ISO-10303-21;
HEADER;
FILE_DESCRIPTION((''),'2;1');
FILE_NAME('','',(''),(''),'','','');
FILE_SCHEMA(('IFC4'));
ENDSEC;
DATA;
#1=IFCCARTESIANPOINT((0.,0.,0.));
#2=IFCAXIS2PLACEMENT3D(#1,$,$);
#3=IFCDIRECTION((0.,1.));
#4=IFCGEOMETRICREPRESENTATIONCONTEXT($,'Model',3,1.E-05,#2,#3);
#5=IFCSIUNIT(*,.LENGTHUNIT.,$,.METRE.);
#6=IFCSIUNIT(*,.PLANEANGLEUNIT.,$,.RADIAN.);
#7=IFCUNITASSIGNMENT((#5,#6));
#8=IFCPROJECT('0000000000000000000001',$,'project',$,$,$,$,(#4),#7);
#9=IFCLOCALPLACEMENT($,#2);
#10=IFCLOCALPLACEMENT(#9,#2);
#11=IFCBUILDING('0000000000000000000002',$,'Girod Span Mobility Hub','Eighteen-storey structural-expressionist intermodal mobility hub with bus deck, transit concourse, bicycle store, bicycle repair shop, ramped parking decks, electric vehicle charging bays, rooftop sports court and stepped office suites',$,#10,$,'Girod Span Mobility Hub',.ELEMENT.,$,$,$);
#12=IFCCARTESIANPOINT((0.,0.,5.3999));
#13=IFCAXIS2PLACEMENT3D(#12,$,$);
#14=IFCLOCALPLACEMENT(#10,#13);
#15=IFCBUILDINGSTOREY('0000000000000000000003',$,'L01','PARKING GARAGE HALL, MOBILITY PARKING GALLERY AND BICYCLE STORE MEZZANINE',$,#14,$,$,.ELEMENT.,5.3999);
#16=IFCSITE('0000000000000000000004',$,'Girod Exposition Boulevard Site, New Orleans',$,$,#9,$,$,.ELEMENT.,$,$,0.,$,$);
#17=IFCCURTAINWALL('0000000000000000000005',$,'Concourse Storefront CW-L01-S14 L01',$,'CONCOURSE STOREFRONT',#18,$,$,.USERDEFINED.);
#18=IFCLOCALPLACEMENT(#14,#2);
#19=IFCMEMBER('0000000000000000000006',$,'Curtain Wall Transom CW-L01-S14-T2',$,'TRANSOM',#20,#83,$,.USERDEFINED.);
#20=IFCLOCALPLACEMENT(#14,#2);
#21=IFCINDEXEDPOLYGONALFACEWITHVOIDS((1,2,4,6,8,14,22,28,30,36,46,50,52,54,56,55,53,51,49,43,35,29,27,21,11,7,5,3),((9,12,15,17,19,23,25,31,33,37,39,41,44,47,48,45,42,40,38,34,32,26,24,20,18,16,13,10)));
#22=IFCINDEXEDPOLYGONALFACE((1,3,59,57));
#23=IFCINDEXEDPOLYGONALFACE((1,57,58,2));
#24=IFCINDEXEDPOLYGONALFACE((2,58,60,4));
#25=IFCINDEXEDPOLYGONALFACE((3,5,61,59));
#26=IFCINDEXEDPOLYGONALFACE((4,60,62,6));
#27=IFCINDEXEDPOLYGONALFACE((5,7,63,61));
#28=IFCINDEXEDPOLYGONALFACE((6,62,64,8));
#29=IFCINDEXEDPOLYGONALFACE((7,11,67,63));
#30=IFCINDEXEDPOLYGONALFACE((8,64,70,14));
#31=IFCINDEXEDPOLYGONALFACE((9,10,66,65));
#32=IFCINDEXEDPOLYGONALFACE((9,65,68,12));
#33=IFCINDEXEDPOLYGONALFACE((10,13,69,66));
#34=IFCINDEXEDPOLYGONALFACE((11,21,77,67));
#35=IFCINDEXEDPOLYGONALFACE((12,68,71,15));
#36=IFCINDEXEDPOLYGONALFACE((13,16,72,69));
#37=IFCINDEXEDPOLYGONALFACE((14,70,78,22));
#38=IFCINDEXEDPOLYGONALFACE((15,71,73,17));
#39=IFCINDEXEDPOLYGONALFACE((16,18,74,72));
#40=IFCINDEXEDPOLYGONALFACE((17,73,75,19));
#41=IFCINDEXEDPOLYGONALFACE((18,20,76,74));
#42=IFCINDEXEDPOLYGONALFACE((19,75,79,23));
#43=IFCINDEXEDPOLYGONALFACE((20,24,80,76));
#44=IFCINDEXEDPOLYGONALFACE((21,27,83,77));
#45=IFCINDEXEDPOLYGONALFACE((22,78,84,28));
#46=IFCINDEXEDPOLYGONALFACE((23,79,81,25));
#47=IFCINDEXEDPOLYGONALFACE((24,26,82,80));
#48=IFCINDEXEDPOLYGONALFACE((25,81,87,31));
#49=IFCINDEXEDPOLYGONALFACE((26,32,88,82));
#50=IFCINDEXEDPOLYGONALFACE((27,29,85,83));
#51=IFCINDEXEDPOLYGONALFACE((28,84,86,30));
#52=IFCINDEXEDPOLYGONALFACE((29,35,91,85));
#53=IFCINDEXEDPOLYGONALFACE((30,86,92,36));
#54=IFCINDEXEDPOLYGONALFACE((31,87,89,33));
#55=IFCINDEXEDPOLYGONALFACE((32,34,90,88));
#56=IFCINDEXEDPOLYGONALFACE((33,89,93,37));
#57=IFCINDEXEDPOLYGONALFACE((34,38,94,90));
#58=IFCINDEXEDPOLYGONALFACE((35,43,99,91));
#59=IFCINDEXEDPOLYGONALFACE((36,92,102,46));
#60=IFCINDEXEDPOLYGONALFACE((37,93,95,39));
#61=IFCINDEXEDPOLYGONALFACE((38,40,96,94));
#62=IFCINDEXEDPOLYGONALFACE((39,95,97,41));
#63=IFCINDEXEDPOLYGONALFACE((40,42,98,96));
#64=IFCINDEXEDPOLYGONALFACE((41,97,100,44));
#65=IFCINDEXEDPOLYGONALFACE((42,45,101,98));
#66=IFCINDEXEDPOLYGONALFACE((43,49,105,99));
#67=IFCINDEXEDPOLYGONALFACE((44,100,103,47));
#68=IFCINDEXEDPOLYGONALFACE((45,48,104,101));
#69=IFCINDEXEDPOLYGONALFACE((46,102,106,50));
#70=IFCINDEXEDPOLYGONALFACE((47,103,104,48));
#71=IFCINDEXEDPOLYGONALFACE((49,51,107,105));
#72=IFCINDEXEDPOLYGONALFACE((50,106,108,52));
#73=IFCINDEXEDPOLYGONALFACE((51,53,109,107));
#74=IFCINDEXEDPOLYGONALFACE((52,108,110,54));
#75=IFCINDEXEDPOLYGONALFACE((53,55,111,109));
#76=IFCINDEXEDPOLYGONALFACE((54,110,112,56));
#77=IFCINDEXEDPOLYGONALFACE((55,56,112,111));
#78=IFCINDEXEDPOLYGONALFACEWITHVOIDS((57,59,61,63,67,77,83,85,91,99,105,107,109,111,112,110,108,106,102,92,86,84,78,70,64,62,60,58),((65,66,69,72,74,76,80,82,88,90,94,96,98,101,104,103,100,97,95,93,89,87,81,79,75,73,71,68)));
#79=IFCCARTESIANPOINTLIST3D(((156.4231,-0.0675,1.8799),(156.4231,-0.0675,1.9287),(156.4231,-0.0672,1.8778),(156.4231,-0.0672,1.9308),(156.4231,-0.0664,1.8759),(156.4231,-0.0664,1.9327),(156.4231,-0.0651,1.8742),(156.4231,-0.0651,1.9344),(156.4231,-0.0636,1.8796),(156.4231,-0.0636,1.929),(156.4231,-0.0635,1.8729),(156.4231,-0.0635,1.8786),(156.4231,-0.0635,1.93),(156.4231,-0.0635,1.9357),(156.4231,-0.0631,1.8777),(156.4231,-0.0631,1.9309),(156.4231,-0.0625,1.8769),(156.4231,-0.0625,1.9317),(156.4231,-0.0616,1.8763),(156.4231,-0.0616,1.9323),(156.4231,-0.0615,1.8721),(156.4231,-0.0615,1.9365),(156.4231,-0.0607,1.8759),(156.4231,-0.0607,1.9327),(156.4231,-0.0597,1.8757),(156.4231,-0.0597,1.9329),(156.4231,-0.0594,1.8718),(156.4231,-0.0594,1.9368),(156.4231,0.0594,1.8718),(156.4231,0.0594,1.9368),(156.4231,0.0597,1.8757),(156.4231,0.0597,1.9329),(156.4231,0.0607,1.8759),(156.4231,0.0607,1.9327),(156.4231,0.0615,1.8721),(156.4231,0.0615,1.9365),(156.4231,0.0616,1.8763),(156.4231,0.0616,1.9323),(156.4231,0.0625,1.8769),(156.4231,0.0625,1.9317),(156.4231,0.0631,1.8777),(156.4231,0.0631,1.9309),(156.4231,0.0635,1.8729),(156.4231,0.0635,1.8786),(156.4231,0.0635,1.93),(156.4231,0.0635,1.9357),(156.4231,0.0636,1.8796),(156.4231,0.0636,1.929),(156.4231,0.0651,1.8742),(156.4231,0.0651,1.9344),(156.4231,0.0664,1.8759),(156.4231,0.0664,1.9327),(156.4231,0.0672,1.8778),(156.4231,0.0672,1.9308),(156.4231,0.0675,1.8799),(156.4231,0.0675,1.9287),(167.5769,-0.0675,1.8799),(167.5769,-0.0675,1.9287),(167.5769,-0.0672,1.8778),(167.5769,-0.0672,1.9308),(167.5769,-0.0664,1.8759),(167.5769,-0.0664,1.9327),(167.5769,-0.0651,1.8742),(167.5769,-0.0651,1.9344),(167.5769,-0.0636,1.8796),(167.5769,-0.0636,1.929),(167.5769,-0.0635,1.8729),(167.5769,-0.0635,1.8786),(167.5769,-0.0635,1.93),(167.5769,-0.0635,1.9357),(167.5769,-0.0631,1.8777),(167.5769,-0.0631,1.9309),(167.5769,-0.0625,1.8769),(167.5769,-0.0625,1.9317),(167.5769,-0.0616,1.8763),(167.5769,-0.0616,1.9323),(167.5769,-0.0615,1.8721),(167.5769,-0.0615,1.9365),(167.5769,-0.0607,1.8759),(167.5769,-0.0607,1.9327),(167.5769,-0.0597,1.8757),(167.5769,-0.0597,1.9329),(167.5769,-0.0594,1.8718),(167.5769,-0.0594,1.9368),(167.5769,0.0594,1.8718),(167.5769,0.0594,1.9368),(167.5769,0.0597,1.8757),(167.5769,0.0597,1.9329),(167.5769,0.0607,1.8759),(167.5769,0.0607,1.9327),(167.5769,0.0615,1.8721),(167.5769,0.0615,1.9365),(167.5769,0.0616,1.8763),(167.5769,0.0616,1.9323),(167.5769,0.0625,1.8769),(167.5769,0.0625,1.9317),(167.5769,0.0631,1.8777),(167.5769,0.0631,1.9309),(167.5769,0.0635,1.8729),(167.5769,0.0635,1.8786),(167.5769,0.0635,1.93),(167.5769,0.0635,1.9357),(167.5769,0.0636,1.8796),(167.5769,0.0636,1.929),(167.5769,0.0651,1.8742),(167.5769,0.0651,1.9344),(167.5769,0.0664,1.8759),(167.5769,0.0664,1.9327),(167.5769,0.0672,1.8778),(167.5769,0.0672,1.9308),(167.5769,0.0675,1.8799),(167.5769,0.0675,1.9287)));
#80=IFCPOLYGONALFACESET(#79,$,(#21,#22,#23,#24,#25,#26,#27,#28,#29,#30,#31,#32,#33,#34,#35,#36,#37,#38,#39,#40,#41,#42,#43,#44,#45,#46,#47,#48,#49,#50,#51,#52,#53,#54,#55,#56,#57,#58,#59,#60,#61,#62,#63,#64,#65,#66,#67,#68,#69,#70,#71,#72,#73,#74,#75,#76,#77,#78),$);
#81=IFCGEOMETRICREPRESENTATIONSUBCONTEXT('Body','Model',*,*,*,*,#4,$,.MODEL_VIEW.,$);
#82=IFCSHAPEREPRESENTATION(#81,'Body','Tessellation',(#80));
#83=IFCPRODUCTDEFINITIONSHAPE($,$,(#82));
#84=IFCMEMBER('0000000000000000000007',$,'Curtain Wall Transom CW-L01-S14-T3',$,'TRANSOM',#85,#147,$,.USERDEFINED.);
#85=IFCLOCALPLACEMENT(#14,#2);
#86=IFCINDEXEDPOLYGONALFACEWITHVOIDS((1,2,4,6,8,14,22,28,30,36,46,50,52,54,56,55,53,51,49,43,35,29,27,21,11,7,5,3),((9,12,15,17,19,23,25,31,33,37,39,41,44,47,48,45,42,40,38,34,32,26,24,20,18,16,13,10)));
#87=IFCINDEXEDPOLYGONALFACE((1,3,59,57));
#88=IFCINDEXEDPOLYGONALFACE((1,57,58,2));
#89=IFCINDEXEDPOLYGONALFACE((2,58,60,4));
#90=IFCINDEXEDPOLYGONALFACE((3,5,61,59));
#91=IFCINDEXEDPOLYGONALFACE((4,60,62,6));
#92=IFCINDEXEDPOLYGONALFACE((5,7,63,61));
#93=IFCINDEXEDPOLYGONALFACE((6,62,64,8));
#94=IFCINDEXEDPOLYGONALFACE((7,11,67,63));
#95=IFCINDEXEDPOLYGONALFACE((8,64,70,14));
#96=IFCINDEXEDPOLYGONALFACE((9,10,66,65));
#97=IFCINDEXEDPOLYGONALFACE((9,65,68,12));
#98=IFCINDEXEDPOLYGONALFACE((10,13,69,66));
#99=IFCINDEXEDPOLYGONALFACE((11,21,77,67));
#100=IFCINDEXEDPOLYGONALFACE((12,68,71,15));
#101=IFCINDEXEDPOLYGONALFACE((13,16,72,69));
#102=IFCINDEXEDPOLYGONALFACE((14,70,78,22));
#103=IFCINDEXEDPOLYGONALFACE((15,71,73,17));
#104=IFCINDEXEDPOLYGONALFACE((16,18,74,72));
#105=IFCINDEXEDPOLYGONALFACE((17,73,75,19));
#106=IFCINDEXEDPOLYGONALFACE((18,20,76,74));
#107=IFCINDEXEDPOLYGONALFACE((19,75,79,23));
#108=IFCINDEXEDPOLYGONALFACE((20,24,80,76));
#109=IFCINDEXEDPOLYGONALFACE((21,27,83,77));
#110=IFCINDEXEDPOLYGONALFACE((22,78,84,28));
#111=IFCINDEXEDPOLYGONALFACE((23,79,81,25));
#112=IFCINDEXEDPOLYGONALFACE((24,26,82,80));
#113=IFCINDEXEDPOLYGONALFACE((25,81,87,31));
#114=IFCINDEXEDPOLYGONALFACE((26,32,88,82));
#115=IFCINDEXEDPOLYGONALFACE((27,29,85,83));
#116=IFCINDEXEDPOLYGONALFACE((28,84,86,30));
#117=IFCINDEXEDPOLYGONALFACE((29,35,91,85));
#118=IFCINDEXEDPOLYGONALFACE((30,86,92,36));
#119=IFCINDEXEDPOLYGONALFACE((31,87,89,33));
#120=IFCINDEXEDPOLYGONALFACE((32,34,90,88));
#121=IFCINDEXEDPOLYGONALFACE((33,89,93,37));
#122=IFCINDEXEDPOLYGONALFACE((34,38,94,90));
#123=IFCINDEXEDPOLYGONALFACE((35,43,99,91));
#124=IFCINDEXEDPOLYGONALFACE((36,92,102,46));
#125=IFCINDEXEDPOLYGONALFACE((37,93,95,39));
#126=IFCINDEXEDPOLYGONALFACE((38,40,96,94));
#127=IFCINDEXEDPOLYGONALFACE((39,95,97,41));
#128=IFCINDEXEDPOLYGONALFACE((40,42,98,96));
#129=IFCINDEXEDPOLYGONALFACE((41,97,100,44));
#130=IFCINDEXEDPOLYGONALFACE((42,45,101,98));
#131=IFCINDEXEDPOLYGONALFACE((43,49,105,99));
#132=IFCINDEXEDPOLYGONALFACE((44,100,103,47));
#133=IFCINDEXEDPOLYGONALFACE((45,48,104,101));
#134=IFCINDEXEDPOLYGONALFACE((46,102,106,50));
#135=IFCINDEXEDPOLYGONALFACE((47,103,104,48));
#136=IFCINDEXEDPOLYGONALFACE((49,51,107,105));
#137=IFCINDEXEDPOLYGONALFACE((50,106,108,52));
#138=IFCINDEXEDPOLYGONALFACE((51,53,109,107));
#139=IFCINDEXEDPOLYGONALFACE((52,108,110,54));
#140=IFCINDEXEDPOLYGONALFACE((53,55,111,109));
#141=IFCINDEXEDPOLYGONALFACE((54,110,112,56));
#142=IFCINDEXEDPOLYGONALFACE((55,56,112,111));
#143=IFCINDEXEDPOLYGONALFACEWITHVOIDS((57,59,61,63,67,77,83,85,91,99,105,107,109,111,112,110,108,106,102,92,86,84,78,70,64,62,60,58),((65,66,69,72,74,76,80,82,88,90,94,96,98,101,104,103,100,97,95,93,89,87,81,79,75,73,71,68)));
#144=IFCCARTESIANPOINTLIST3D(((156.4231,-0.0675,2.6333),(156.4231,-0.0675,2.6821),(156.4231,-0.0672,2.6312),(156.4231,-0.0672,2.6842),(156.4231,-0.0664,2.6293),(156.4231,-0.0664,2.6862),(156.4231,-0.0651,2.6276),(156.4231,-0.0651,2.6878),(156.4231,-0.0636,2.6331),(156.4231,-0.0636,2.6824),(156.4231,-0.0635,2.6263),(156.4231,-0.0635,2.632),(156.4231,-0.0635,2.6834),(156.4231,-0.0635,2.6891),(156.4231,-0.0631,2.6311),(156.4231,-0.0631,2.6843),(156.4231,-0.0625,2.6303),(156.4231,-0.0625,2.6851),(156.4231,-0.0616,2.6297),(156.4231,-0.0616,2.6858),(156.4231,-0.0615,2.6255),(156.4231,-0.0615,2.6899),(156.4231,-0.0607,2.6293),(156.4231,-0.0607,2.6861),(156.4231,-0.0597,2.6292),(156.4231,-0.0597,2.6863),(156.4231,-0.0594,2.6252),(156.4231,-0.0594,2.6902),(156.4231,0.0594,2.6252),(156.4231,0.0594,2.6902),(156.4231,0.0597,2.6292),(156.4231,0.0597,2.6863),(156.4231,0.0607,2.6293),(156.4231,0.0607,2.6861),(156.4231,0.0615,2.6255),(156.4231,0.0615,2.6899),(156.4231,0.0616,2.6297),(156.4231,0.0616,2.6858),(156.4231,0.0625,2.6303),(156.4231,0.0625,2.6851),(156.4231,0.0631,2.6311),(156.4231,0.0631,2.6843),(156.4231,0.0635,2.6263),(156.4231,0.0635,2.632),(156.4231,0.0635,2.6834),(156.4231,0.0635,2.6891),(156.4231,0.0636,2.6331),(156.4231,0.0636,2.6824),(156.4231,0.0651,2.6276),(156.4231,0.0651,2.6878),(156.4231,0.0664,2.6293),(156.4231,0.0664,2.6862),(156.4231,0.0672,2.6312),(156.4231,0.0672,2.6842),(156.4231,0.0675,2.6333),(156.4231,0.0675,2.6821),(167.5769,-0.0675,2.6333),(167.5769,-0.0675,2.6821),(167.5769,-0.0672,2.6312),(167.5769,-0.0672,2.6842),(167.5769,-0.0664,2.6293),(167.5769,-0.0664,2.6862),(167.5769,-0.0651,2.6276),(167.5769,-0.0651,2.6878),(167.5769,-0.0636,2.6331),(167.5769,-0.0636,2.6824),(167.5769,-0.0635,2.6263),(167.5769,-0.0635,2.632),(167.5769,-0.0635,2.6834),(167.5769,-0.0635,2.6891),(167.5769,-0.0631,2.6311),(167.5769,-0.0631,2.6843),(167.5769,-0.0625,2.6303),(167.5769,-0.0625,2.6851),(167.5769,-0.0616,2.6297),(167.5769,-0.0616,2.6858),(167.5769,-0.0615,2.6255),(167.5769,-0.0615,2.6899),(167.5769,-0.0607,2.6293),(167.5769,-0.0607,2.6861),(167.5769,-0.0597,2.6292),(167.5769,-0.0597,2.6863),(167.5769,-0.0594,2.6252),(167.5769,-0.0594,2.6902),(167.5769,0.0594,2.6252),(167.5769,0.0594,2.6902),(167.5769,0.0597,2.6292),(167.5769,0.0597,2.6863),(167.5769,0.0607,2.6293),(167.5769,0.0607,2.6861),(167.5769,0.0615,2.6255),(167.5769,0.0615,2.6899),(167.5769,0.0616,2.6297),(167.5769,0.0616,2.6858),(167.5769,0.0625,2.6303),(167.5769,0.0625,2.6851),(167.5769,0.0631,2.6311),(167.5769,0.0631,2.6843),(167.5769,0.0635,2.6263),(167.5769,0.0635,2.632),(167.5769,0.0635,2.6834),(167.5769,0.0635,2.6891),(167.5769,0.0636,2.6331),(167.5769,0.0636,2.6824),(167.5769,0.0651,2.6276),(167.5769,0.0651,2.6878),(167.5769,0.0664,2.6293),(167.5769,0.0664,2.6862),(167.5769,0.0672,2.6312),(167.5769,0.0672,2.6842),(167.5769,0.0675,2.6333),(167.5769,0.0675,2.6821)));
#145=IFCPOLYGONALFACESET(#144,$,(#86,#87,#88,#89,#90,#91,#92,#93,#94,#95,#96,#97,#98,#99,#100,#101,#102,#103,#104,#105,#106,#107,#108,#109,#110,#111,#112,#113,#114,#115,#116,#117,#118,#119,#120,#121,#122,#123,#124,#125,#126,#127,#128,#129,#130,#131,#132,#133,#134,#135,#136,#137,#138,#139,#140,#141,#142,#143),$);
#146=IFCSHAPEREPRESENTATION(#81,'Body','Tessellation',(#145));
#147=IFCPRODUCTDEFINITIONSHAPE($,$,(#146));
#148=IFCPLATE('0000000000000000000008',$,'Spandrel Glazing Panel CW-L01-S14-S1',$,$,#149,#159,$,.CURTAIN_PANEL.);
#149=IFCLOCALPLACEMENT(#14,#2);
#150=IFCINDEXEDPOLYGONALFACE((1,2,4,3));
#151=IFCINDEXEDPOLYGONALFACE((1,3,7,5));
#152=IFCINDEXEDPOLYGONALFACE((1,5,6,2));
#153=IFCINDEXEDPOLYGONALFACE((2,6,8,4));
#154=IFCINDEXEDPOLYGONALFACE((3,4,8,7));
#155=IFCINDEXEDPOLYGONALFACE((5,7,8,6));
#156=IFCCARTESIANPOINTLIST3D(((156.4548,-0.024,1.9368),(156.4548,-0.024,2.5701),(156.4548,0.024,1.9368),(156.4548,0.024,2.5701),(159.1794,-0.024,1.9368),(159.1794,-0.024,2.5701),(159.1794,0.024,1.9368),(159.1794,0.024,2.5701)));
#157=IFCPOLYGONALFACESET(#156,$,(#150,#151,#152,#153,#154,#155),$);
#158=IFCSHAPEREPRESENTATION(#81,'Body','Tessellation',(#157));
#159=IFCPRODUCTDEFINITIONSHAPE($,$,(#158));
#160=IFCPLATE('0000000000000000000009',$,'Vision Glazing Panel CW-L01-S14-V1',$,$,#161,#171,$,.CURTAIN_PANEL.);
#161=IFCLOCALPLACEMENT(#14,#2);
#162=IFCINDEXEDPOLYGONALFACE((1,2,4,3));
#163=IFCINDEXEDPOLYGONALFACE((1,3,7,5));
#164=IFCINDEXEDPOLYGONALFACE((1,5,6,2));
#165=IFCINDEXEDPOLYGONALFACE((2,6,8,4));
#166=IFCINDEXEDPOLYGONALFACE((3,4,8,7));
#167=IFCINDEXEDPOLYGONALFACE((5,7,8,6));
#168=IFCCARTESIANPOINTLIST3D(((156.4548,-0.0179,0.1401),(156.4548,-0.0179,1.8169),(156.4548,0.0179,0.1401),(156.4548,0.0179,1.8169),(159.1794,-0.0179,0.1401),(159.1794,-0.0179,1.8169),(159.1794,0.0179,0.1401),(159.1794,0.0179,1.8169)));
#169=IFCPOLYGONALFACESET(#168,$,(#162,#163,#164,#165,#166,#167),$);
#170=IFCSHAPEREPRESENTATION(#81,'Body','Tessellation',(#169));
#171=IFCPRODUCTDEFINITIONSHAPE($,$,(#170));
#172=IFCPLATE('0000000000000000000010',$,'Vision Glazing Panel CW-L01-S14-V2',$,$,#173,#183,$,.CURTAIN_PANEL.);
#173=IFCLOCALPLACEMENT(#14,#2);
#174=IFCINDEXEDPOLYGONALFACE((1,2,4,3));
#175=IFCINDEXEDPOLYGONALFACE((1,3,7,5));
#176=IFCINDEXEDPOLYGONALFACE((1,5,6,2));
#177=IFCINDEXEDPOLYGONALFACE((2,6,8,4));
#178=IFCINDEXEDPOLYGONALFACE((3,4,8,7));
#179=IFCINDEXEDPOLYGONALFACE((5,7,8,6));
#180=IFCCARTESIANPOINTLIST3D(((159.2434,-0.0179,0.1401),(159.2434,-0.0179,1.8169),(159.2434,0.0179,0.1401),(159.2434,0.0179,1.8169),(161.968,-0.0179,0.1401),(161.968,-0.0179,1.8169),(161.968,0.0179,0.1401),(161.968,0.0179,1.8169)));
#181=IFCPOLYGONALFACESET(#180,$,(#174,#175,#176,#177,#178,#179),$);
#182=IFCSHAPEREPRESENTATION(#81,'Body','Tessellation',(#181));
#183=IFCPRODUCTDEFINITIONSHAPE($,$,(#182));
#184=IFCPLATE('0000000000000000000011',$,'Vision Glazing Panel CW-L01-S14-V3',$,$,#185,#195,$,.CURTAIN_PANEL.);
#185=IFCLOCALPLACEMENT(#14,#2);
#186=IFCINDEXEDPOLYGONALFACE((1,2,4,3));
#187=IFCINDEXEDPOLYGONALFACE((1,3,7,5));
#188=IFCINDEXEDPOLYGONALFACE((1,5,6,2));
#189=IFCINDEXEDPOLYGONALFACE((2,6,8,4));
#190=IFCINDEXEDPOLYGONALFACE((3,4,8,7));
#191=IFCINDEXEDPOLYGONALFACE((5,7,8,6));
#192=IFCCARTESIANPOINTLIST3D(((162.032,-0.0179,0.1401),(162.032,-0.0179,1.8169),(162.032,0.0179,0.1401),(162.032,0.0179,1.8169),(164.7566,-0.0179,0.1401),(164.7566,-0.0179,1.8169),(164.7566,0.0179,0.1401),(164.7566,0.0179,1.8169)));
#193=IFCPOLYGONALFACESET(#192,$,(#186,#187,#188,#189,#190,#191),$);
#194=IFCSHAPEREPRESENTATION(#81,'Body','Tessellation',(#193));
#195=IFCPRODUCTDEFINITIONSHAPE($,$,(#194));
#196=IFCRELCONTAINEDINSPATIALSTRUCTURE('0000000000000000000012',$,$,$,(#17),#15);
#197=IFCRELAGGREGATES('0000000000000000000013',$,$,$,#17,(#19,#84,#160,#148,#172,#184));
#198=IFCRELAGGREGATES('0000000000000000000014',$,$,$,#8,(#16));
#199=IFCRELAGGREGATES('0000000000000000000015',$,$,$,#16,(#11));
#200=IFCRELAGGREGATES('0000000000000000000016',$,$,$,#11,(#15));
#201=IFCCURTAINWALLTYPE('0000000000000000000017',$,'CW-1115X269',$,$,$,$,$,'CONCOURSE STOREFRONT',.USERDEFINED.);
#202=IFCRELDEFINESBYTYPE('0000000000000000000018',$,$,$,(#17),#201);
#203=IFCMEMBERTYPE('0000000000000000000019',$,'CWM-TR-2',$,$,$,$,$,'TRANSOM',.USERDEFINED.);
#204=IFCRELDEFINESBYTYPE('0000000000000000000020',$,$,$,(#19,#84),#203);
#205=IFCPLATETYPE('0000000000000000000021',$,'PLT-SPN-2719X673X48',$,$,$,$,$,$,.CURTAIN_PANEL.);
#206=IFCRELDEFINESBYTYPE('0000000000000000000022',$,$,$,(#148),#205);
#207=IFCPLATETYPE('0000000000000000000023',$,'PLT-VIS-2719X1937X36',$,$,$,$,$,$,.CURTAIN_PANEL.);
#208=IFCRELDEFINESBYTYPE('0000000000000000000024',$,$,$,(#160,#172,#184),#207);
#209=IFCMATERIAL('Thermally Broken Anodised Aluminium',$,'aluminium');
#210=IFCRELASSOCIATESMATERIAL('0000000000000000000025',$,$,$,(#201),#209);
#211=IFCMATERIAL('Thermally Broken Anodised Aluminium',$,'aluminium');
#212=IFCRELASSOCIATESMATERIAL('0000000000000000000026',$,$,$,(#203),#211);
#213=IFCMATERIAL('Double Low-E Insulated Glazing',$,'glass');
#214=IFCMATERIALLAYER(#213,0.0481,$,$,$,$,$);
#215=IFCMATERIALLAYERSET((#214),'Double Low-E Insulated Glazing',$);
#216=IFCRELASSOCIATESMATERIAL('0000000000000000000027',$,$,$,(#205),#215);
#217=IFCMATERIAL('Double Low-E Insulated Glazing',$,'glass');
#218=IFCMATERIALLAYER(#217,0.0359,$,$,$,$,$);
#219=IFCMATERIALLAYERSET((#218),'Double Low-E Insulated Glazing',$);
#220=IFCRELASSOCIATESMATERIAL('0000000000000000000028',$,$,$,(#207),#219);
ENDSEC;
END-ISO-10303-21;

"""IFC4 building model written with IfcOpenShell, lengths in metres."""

from ifc_helpers import new_model, si_unit, direction, frame, origin, origin_2d, place, context, subcontext, project, spatial, rectangle, hollow_rectangle, extrude, material, layer, layer_set, material_profile, profile_set, type_object, element, aggregate, save


model = new_model("IFC4")

# Units and contexts
model_context = context("Model", 3, precision=1e-05, world=origin(), true_north=direction((0.0, 1.0)))
body_context = subcontext(model_context, "Body", "Model", "MODEL_VIEW")
ifc_project = project(units=[si_unit("LENGTHUNIT", "METRE"), si_unit("PLANEANGLEUNIT", "RADIAN")], contexts=[model_context])

# Site, building, storey
site_placement = place(None, origin())
site = spatial("IfcSite", under=ifc_project, at=site_placement, Name="Girod Exposition Boulevard Site, New Orleans", CompositionType="ELEMENT", RefElevation=0.0)
building_placement = place(site_placement, origin())
building = spatial("IfcBuilding", under=site, at=building_placement, Name="Girod Span Mobility Hub", Description="Eighteen-storey structural-expressionist intermodal mobility hub with bus deck, transit concourse, bicycle store, bicycle repair shop, ramped parking decks, electric vehicle charging bays, rooftop sports court and stepped office suites", LongName="Girod Span Mobility Hub", CompositionType="ELEMENT")
storey_placement = place(building_placement, frame((0.0, 0.0, 5.3999)))
storey = spatial("IfcBuildingStorey", under=building, at=storey_placement, Name="L01", Description="PARKING GARAGE HALL, MOBILITY PARKING GALLERY AND BICYCLE STORE MEZZANINE", CompositionType="ELEMENT", Elevation=5.3999)

# Curtain wall, members, plates
ifc_material_1 = material(Name="Thermally Broken Anodised Aluminium", Category="aluminium")
curtain_wall_type = type_object("IfcCurtainWallType", Name="CW-1115X269", ElementType="CONCOURSE STOREFRONT", PredefinedType="USERDEFINED", material=ifc_material_1)
curtain_wall_placement = place(storey_placement, origin())
curtain_wall = element("IfcCurtainWall", 1, at=curtain_wall_placement, inside=storey, type_object=curtain_wall_type, Name="Concourse Storefront CW-L01-S14 L01", ObjectType="CONCOURSE STOREFRONT", PredefinedType="USERDEFINED")
ifc_material_2 = material(Name="Thermally Broken Anodised Aluminium", Category="aluminium")
ifc_material_profile_1 = material_profile(ifc_material_2, hollow_rectangle(XDim=0.135, YDim=0.0649, WallThickness=0.0039, InnerFilletRadius=0.0039, OuterFilletRadius=0.0081, at=origin_2d()), Name="CW-TR-65X135")
ifc_profile_set_1 = profile_set([ifc_material_profile_1], Name="Thermally Broken Anodised Aluminium")
member_type_1 = type_object("IfcMemberType", Name="CWM-TR-2", ElementType="TRANSOM", PredefinedType="USERDEFINED", material=ifc_profile_set_1)
member_1_placement = place(storey_placement, frame((156.4231, 0.0, 1.9043), z_axis=(1.0, 0.0, 0.0), x_axis=(0.0, 1.0, 0.0)))
member_1 = element("IfcMember", 2, at=member_1_placement, type_object=member_type_1, Name="Curtain Wall Transom CW-L01-S14-T2", ObjectType="TRANSOM", PredefinedType="USERDEFINED", context=body_context, shape_type="SweptSolid", body=[
    extrude(hollow_rectangle(XDim=0.135, YDim=0.0649, WallThickness=0.0039, InnerFilletRadius=0.0039, OuterFilletRadius=0.0081, at=origin_2d()), origin(), (0.0, 0.0, 1.0), 11.1538),
])
member_2_placement = place(storey_placement, frame((156.4231, 0.0, 2.6577), z_axis=(1.0, 0.0, 0.0), x_axis=(0.0, 1.0, 0.0)))
member_2 = element("IfcMember", 3, at=member_2_placement, type_object=member_type_1, Name="Curtain Wall Transom CW-L01-S14-T3", ObjectType="TRANSOM", PredefinedType="USERDEFINED", context=body_context, shape_type="SweptSolid", body=[
    extrude(hollow_rectangle(XDim=0.135, YDim=0.0649, WallThickness=0.0039, InnerFilletRadius=0.0039, OuterFilletRadius=0.0081, at=origin_2d()), origin(), (0.0, 0.0, 1.0), 11.1538),
])
ifc_material_3 = material(Name="Double Low-E Insulated Glazing", Category="glass")
ifc_layer_1 = layer(ifc_material_3, 0.0481)
ifc_layer_set_1 = layer_set([ifc_layer_1], Name="Double Low-E Insulated Glazing")
plate_type_1 = type_object("IfcPlateType", Name="PLT-SPN-2719X673X48", PredefinedType="CURTAIN_PANEL", material=ifc_layer_set_1)
plate_1_placement = place(storey_placement, frame((157.8171, 0.0, 1.9368), z_axis=(0.0, 0.0, 1.0), x_axis=(1.0, 0.0, 0.0)))
plate_1 = element("IfcPlate", 4, at=plate_1_placement, type_object=plate_type_1, Name="Spandrel Glazing Panel CW-L01-S14-S1", PredefinedType="CURTAIN_PANEL", context=body_context, shape_type="SweptSolid", body=[
    extrude(rectangle(XDim=2.7246, YDim=0.0481, at=origin_2d()), origin(), (0.0, 0.0, 1.0), 0.6333),
])
ifc_material_4 = material(Name="Double Low-E Insulated Glazing", Category="glass")
ifc_layer_2 = layer(ifc_material_4, 0.0359)
ifc_layer_set_2 = layer_set([ifc_layer_2], Name="Double Low-E Insulated Glazing")
plate_type_2 = type_object("IfcPlateType", Name="PLT-VIS-2719X1937X36", PredefinedType="CURTAIN_PANEL", material=ifc_layer_set_2)
plate_2_placement = place(storey_placement, frame((157.8171, 0.0, 0.1401), z_axis=(0.0, 0.0, 1.0), x_axis=(1.0, 0.0, 0.0)))
plate_2 = element("IfcPlate", 5, at=plate_2_placement, type_object=plate_type_2, Name="Vision Glazing Panel CW-L01-S14-V1", PredefinedType="CURTAIN_PANEL", context=body_context, shape_type="SweptSolid", body=[
    extrude(rectangle(XDim=2.7246, YDim=0.0359, at=origin_2d()), origin(), (0.0, 0.0, 1.0), 1.6768),
])
plate_3_placement = place(storey_placement, frame((160.6057, 0.0, 0.1401), z_axis=(0.0, 0.0, 1.0), x_axis=(1.0, 0.0, 0.0)))
plate_3 = element("IfcPlate", 6, at=plate_3_placement, type_object=plate_type_2, Name="Vision Glazing Panel CW-L01-S14-V2", PredefinedType="CURTAIN_PANEL", context=body_context, shape_type="SweptSolid", body=[
    extrude(rectangle(XDim=2.7246, YDim=0.0359, at=origin_2d()), origin(), (0.0, 0.0, 1.0), 1.6768),
])
plate_4_placement = place(storey_placement, frame((163.3943, 0.0, 0.1401), z_axis=(0.0, 0.0, 1.0), x_axis=(1.0, 0.0, 0.0)))
plate_4 = element("IfcPlate", 7, at=plate_4_placement, type_object=plate_type_2, Name="Vision Glazing Panel CW-L01-S14-V3", PredefinedType="CURTAIN_PANEL", context=body_context, shape_type="SweptSolid", body=[
    extrude(rectangle(XDim=2.7246, YDim=0.0359, at=origin_2d()), origin(), (0.0, 0.0, 1.0), 1.6768),
])
aggregate(curtain_wall, [member_1, member_2, plate_2, plate_1, plate_3, plate_4])

save(model, "model.ifc")
